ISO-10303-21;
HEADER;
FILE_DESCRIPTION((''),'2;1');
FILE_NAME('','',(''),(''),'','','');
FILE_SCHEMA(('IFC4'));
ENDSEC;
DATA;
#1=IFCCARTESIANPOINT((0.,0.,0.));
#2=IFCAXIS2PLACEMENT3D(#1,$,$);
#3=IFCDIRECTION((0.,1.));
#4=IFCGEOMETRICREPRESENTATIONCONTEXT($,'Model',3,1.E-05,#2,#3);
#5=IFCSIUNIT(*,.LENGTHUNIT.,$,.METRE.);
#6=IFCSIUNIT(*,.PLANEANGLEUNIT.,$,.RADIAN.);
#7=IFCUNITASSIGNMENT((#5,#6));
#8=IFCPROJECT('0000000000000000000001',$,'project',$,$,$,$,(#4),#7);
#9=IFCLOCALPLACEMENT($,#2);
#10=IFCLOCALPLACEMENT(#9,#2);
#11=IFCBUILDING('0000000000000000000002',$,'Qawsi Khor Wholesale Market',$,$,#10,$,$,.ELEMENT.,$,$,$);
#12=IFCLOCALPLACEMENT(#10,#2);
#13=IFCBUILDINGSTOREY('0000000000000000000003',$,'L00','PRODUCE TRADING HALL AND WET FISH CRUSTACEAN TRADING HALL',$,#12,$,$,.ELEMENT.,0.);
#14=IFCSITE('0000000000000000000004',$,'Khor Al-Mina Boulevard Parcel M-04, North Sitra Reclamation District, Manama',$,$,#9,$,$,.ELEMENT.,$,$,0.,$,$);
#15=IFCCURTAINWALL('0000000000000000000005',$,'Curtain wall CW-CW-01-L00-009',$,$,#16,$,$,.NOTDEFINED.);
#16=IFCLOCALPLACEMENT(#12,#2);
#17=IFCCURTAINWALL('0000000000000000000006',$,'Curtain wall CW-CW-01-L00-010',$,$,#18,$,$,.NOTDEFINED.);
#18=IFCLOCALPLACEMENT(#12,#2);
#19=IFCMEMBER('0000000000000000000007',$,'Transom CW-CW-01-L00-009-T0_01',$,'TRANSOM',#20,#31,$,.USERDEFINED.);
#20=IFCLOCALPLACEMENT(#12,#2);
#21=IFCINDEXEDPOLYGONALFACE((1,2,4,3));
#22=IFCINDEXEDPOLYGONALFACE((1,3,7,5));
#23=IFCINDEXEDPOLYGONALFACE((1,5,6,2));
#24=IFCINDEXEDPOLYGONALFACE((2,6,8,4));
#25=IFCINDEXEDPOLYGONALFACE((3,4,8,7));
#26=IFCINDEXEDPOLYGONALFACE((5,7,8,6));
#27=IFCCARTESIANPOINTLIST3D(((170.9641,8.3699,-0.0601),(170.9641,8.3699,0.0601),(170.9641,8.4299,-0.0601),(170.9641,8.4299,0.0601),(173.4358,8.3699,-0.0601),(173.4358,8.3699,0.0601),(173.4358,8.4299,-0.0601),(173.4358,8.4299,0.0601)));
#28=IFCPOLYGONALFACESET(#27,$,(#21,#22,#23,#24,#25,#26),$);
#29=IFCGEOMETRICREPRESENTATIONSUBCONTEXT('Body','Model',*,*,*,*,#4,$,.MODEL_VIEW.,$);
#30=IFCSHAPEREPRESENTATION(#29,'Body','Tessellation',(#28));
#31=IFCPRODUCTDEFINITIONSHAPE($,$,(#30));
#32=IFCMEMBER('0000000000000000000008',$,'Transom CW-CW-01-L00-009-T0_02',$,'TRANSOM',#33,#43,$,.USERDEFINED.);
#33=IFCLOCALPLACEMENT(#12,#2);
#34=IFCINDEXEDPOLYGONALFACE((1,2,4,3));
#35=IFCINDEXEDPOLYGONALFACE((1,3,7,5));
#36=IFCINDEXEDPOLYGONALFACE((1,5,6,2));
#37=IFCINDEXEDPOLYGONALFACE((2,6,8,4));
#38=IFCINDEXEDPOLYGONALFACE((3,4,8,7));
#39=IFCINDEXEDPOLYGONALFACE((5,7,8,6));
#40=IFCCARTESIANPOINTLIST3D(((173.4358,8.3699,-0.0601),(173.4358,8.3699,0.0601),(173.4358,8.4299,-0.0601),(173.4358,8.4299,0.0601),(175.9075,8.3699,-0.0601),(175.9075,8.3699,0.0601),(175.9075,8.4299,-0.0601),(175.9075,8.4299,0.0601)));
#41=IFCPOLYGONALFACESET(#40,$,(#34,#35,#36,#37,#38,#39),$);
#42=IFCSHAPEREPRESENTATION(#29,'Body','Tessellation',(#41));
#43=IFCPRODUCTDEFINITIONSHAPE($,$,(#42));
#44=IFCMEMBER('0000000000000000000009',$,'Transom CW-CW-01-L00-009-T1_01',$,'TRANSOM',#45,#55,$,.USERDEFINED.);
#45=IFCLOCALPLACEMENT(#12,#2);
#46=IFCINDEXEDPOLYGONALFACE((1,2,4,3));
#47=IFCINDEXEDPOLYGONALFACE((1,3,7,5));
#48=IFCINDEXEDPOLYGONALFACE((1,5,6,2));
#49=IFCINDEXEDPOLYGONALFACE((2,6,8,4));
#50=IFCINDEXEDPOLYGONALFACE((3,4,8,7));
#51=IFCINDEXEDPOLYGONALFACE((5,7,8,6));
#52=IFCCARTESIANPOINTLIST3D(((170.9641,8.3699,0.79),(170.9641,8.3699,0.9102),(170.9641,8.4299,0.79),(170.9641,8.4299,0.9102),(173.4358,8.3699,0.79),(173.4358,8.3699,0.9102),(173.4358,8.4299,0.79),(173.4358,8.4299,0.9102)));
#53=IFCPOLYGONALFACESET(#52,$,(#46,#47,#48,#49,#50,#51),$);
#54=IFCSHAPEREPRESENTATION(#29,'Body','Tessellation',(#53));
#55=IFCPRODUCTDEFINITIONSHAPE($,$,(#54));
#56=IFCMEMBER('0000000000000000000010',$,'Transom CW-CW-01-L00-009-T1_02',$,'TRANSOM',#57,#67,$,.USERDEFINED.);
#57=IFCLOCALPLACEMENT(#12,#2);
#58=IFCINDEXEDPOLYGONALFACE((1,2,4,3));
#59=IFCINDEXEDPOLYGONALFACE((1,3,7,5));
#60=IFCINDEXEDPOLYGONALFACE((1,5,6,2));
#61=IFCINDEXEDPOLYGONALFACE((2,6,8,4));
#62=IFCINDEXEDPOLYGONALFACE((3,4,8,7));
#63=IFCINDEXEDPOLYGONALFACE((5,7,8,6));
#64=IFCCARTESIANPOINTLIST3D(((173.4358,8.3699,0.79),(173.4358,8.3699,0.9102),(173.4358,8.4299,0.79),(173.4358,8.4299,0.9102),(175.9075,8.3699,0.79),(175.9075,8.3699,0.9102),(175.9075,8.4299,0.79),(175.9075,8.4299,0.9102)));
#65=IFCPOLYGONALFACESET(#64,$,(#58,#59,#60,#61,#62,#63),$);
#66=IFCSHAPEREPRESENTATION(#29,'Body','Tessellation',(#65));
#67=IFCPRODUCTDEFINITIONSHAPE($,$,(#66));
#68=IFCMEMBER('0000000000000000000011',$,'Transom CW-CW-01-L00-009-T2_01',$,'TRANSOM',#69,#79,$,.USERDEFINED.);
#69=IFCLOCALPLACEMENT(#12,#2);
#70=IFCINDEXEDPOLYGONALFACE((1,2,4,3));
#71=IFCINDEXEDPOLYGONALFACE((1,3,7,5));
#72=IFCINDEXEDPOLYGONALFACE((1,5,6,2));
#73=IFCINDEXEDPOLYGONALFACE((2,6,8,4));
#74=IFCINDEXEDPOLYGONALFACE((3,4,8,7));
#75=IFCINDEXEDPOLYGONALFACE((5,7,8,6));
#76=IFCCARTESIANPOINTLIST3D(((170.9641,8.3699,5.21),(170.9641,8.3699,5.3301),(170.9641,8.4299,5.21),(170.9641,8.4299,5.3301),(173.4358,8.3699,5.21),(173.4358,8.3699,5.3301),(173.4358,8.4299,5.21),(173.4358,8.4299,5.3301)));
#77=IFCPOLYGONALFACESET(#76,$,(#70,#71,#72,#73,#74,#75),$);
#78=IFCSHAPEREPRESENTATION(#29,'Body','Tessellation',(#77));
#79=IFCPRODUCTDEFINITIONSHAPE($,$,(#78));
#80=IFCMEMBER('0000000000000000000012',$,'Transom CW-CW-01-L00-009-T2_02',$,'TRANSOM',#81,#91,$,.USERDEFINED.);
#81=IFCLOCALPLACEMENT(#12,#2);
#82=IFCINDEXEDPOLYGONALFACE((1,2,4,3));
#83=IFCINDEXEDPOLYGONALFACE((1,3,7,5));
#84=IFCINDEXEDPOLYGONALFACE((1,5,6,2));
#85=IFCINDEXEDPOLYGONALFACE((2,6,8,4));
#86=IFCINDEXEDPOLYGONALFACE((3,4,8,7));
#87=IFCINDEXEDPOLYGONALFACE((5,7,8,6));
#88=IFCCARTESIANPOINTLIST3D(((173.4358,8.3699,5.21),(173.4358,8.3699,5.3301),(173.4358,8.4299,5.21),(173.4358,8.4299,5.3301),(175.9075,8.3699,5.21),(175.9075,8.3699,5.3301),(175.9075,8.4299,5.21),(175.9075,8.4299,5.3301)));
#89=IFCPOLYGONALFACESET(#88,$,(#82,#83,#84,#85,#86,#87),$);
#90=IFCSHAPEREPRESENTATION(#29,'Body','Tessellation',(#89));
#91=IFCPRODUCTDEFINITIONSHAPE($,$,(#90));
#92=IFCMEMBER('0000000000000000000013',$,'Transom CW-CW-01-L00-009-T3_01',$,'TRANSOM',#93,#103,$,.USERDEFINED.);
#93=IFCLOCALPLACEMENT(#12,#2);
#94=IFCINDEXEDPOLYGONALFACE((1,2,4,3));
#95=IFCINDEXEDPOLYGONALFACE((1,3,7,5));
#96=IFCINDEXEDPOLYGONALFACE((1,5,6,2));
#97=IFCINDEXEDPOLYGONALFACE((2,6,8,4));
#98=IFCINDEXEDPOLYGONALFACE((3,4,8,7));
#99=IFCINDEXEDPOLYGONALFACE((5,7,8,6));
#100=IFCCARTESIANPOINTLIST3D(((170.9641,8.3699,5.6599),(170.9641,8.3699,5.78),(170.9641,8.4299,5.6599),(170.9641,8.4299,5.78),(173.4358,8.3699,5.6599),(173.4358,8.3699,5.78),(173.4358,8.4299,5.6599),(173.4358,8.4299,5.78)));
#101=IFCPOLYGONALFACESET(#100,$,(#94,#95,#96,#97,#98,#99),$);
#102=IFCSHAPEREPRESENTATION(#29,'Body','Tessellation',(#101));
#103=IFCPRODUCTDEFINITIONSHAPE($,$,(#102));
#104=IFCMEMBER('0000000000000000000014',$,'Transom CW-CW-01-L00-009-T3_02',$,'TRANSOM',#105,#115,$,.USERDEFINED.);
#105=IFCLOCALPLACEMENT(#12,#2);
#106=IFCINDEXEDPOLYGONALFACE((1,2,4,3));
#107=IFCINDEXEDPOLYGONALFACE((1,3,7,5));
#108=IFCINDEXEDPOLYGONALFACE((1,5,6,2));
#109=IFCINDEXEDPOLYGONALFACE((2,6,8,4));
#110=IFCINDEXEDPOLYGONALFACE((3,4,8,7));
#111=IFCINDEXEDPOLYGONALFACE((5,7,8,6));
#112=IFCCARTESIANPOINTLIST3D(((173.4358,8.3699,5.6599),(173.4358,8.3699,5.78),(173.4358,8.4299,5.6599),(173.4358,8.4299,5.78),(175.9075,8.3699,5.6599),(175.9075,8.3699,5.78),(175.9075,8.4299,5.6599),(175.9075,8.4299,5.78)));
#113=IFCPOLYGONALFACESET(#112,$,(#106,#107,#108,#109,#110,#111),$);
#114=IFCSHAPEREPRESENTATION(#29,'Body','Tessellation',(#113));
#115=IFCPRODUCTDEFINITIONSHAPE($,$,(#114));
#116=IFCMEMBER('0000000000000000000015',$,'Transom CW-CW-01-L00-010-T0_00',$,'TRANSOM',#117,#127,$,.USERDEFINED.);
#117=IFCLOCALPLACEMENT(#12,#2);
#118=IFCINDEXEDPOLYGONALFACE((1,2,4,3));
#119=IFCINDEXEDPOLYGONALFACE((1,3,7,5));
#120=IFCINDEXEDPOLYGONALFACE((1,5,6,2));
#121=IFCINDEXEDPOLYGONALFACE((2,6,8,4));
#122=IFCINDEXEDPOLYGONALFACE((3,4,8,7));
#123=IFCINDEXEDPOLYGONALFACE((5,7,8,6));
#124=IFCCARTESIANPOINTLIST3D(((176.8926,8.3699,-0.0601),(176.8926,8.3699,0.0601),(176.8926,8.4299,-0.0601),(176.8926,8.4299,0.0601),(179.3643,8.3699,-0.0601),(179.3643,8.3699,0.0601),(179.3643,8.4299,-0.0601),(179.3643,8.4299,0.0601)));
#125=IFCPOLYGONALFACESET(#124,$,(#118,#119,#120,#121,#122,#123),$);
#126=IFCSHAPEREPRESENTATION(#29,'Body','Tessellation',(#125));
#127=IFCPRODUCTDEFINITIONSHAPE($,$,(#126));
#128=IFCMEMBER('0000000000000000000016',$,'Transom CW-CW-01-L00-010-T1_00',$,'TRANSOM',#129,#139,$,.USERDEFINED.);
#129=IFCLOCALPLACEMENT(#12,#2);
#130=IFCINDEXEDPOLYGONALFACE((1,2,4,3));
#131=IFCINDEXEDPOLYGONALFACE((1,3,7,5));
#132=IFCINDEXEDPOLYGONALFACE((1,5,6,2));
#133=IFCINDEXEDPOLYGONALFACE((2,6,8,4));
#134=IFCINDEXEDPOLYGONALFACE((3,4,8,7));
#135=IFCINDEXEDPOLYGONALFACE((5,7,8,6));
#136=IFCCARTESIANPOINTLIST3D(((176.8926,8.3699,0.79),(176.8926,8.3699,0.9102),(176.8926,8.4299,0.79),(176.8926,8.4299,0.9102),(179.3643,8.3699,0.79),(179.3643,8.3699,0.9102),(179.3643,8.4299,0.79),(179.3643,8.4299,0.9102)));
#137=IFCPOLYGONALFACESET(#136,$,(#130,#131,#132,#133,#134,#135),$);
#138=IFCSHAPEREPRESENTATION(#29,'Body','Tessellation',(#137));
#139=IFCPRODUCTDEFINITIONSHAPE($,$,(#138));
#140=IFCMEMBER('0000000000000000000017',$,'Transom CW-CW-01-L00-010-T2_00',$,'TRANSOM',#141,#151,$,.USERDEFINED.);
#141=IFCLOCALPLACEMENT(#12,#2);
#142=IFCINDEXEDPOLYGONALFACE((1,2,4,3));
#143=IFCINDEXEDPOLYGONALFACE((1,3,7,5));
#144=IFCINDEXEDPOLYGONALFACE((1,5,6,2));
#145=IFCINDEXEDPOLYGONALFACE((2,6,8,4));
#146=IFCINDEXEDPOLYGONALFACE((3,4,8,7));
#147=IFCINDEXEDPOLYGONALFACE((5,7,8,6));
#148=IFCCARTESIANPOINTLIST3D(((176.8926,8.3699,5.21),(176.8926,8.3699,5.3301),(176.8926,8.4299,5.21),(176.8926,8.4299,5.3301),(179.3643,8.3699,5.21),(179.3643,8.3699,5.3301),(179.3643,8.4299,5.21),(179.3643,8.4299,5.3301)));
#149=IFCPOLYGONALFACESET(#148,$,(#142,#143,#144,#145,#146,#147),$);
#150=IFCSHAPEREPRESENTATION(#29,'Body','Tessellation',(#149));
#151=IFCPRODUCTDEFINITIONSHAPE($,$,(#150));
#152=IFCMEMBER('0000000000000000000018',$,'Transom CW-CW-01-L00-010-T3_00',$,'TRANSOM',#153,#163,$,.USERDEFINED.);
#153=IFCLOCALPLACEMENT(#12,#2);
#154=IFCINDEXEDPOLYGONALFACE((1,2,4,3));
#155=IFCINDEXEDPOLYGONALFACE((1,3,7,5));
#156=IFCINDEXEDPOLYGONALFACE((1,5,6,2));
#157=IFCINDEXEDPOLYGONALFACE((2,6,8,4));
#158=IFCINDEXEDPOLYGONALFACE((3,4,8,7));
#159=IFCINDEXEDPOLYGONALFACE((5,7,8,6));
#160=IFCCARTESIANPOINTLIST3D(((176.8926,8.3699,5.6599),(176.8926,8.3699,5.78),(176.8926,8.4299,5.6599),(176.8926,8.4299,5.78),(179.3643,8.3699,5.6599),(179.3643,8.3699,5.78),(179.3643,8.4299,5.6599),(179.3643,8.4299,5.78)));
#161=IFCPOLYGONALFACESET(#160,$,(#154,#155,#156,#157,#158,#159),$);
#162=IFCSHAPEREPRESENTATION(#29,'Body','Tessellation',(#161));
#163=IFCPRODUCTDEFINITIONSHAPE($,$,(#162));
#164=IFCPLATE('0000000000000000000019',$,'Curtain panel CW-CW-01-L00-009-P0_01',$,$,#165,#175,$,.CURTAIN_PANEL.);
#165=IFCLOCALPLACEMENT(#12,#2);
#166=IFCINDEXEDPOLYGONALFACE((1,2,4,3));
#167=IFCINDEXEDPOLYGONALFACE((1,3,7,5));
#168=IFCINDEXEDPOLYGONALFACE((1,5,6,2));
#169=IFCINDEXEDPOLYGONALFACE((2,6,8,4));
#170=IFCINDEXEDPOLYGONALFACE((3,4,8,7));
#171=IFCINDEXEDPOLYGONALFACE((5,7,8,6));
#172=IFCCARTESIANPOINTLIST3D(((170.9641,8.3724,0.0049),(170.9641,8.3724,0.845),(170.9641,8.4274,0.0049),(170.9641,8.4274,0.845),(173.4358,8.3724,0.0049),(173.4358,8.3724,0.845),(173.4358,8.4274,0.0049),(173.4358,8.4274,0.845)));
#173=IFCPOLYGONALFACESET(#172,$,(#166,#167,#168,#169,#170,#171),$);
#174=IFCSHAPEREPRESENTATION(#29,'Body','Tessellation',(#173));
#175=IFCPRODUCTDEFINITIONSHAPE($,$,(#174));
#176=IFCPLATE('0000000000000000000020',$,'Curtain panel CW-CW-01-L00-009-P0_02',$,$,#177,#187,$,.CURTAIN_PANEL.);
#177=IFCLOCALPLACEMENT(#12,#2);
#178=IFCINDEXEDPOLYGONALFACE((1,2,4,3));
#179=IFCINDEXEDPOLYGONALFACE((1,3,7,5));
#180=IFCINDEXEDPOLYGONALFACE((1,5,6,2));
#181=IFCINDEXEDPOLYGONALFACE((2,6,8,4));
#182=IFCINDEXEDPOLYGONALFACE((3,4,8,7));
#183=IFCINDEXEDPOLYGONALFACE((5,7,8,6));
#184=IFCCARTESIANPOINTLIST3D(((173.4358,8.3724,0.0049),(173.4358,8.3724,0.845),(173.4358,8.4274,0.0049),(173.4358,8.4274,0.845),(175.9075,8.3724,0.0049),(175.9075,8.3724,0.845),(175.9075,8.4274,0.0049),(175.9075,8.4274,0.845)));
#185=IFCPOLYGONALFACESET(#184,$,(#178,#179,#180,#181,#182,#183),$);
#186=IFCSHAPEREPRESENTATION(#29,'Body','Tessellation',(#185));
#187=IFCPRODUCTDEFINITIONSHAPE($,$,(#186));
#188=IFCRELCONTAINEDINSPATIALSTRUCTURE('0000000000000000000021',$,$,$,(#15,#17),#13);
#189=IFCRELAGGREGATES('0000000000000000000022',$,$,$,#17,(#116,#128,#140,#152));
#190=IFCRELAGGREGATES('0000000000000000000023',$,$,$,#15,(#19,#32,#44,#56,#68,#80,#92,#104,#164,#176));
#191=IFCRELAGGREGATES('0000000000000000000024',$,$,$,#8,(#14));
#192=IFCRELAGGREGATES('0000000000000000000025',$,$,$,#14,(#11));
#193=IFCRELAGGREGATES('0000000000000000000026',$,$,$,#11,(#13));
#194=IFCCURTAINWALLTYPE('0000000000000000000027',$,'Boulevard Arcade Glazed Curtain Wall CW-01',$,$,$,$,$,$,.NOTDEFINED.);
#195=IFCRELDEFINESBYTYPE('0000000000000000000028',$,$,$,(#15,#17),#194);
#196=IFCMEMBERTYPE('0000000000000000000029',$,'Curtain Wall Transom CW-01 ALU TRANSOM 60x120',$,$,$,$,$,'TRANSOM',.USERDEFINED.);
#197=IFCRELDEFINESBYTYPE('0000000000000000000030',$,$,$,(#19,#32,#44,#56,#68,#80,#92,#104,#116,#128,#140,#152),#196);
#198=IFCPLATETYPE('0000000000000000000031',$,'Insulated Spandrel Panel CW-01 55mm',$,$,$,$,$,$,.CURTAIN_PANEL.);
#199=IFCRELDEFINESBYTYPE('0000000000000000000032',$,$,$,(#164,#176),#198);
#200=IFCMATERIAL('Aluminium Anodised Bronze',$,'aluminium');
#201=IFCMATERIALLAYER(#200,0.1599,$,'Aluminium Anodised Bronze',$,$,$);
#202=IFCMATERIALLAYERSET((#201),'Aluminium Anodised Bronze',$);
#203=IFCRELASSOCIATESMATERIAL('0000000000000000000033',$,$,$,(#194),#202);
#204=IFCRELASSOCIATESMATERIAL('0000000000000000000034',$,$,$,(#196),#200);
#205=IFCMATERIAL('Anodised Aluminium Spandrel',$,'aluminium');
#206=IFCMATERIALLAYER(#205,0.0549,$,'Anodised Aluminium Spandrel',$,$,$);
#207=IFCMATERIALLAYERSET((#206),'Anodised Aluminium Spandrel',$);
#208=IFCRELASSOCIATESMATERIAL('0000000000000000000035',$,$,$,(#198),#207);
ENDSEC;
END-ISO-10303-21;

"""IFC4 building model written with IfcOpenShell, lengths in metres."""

from ifc_helpers import new_model, si_unit, direction, frame, frame_2d, origin, origin_2d, place, context, subcontext, project, spatial, rectangle, extrude, material, layer, layer_set, material_profile, profile_set, type_object, element, aggregate, save


model = new_model("IFC4")

# Units and contexts
model_context = context("Model", 3, precision=1e-05, world=origin(), true_north=direction((0.0, 1.0)))
body_context = subcontext(model_context, "Body", "Model", "MODEL_VIEW")
ifc_project = project(units=[si_unit("LENGTHUNIT", "METRE"), si_unit("PLANEANGLEUNIT", "RADIAN")], contexts=[model_context])

# Site, building, storey
site_placement = place(None, origin())
site = spatial("IfcSite", under=ifc_project, at=site_placement, Name="Khor Al-Mina Boulevard Parcel M-04, North Sitra Reclamation District, Manama", CompositionType="ELEMENT", RefElevation=0.0)
building_placement = place(site_placement, origin())
building = spatial("IfcBuilding", under=site, at=building_placement, Name="Qawsi Khor Wholesale Market", CompositionType="ELEMENT")
storey_placement = place(building_placement, origin())
storey = spatial("IfcBuildingStorey", under=building, at=storey_placement, Name="L00", Description="PRODUCE TRADING HALL AND WET FISH CRUSTACEAN TRADING HALL", CompositionType="ELEMENT", Elevation=0.0)

# Curtain wall
ifc_material_1 = material(Name="Aluminium Anodised Bronze", Category="aluminium")
ifc_layer_1 = layer(ifc_material_1, 0.1599, Name="Aluminium Anodised Bronze")
ifc_layer_set_1 = layer_set([ifc_layer_1], Name="Aluminium Anodised Bronze")
curtain_wall_type = type_object("IfcCurtainWallType", Name="Boulevard Arcade Glazed Curtain Wall CW-01", PredefinedType="NOTDEFINED", material=ifc_layer_set_1)
curtain_wall_1_placement = place(storey_placement, origin())
curtain_wall_1 = element("IfcCurtainWall", 1, at=curtain_wall_1_placement, inside=storey, type_object=curtain_wall_type, Name="Curtain wall CW-CW-01-L00-009", PredefinedType="NOTDEFINED")

# Curtain wall
curtain_wall_2_placement = place(storey_placement, origin())
curtain_wall_2 = element("IfcCurtainWall", 2, at=curtain_wall_2_placement, inside=storey, type_object=curtain_wall_type, Name="Curtain wall CW-CW-01-L00-010", PredefinedType="NOTDEFINED")

# Members
ifc_material_profile_1 = material_profile(ifc_material_1, rectangle(XDim=0.0601, YDim=0.1201, at=origin_2d()), Name="ALU TRANSOM 60x120")
ifc_profile_set_1 = profile_set([ifc_material_profile_1], Name="Aluminium Anodised Bronze")
member_type_1 = type_object("IfcMemberType", Name="Curtain Wall Transom CW-01 ALU TRANSOM 60x120", ElementType="TRANSOM", PredefinedType="USERDEFINED", material=ifc_profile_set_1)
member_1_placement = place(storey_placement, frame((170.9641, 8.3999, 0.0), z_axis=(1.0, 0.0, 0.0), x_axis=(0.0, 1.0, 0.0)))
member_1 = element("IfcMember", 3, at=member_1_placement, type_object=member_type_1, Name="Transom CW-CW-01-L00-009-T0_01", ObjectType="TRANSOM", PredefinedType="USERDEFINED", context=body_context, shape_type="SweptSolid", body=[
    extrude(rectangle(XDim=0.0601, YDim=0.1201, at=origin_2d()), origin(), (0.0, 0.0, 1.0), 2.4717),
])
member_2_placement = place(storey_placement, frame((173.4358, 8.3999, 0.0), z_axis=(1.0, 0.0, 0.0), x_axis=(0.0, 1.0, 0.0)))
member_2 = element("IfcMember", 4, at=member_2_placement, type_object=member_type_1, Name="Transom CW-CW-01-L00-009-T0_02", ObjectType="TRANSOM", PredefinedType="USERDEFINED", context=body_context, shape_type="SweptSolid", body=[
    extrude(rectangle(XDim=0.0601, YDim=0.1201, at=origin_2d()), origin(), (0.0, 0.0, 1.0), 2.4717),
])
member_3_placement = place(storey_placement, frame((170.9641, 8.3999, 0.8501), z_axis=(1.0, 0.0, 0.0), x_axis=(0.0, 1.0, 0.0)))
member_3 = element("IfcMember", 5, at=member_3_placement, type_object=member_type_1, Name="Transom CW-CW-01-L00-009-T1_01", ObjectType="TRANSOM", PredefinedType="USERDEFINED", context=body_context, shape_type="SweptSolid", body=[
    extrude(rectangle(XDim=0.0601, YDim=0.1201, at=origin_2d()), origin(), (0.0, 0.0, 1.0), 2.4717),
])
member_4_placement = place(storey_placement, frame((173.4358, 8.3999, 0.8501), z_axis=(1.0, 0.0, 0.0), x_axis=(0.0, 1.0, 0.0)))
member_4 = element("IfcMember", 6, at=member_4_placement, type_object=member_type_1, Name="Transom CW-CW-01-L00-009-T1_02", ObjectType="TRANSOM", PredefinedType="USERDEFINED", context=body_context, shape_type="SweptSolid", body=[
    extrude(rectangle(XDim=0.0601, YDim=0.1201, at=origin_2d()), origin(), (0.0, 0.0, 1.0), 2.4717),
])
member_5_placement = place(storey_placement, frame((170.9641, 8.3999, 5.27), z_axis=(1.0, 0.0, 0.0), x_axis=(0.0, 1.0, 0.0)))
member_5 = element("IfcMember", 7, at=member_5_placement, type_object=member_type_1, Name="Transom CW-CW-01-L00-009-T2_01", ObjectType="TRANSOM", PredefinedType="USERDEFINED", context=body_context, shape_type="SweptSolid", body=[
    extrude(rectangle(XDim=0.0601, YDim=0.1201, at=origin_2d()), origin(), (0.0, 0.0, 1.0), 2.4717),
])
member_6_placement = place(storey_placement, frame((173.4358, 8.3999, 5.27), z_axis=(1.0, 0.0, 0.0), x_axis=(0.0, 1.0, 0.0)))
member_6 = element("IfcMember", 8, at=member_6_placement, type_object=member_type_1, Name="Transom CW-CW-01-L00-009-T2_02", ObjectType="TRANSOM", PredefinedType="USERDEFINED", context=body_context, shape_type="SweptSolid", body=[
    extrude(rectangle(XDim=0.0601, YDim=0.1201, at=origin_2d()), origin(), (0.0, 0.0, 1.0), 2.4717),
])
member_7_placement = place(storey_placement, frame((170.9641, 8.3999, 5.72), z_axis=(1.0, 0.0, 0.0), x_axis=(0.0, 1.0, 0.0)))
member_7 = element("IfcMember", 9, at=member_7_placement, type_object=member_type_1, Name="Transom CW-CW-01-L00-009-T3_01", ObjectType="TRANSOM", PredefinedType="USERDEFINED", context=body_context, shape_type="SweptSolid", body=[
    extrude(rectangle(XDim=0.0601, YDim=0.1201, at=origin_2d()), origin(), (0.0, 0.0, 1.0), 2.4717),
])
member_8_placement = place(storey_placement, frame((173.4358, 8.3999, 5.72), z_axis=(1.0, 0.0, 0.0), x_axis=(0.0, 1.0, 0.0)))
member_8 = element("IfcMember", 10, at=member_8_placement, type_object=member_type_1, Name="Transom CW-CW-01-L00-009-T3_02", ObjectType="TRANSOM", PredefinedType="USERDEFINED", context=body_context, shape_type="SweptSolid", body=[
    extrude(rectangle(XDim=0.0601, YDim=0.1201, at=origin_2d()), origin(), (0.0, 0.0, 1.0), 2.4717),
])
member_9_placement = place(storey_placement, frame((176.8926, 8.3999, 0.0), z_axis=(1.0, 0.0, 0.0), x_axis=(0.0, 1.0, 0.0)))
member_9 = element("IfcMember", 11, at=member_9_placement, type_object=member_type_1, Name="Transom CW-CW-01-L00-010-T0_00", ObjectType="TRANSOM", PredefinedType="USERDEFINED", context=body_context, shape_type="SweptSolid", body=[
    extrude(rectangle(XDim=0.0601, YDim=0.1201, at=origin_2d()), origin(), (0.0, 0.0, 1.0), 2.4717),
])
member_10_placement = place(storey_placement, frame((176.8926, 8.3999, 0.8501), z_axis=(1.0, 0.0, 0.0), x_axis=(0.0, 1.0, 0.0)))
member_10 = element("IfcMember", 12, at=member_10_placement, type_object=member_type_1, Name="Transom CW-CW-01-L00-010-T1_00", ObjectType="TRANSOM", PredefinedType="USERDEFINED", context=body_context, shape_type="SweptSolid", body=[
    extrude(rectangle(XDim=0.0601, YDim=0.1201, at=origin_2d()), origin(), (0.0, 0.0, 1.0), 2.4717),
])
member_11_placement = place(storey_placement, frame((176.8926, 8.3999, 5.27), z_axis=(1.0, 0.0, 0.0), x_axis=(0.0, 1.0, 0.0)))
member_11 = element("IfcMember", 13, at=member_11_placement, type_object=member_type_1, Name="Transom CW-CW-01-L00-010-T2_00", ObjectType="TRANSOM", PredefinedType="USERDEFINED", context=body_context, shape_type="SweptSolid", body=[
    extrude(rectangle(XDim=0.0601, YDim=0.1201, at=origin_2d()), origin(), (0.0, 0.0, 1.0), 2.4717),
])
member_12_placement = place(storey_placement, frame((176.8926, 8.3999, 5.72), z_axis=(1.0, 0.0, 0.0), x_axis=(0.0, 1.0, 0.0)))
member_12 = element("IfcMember", 14, at=member_12_placement, type_object=member_type_1, Name="Transom CW-CW-01-L00-010-T3_00", ObjectType="TRANSOM", PredefinedType="USERDEFINED", context=body_context, shape_type="SweptSolid", body=[
    extrude(rectangle(XDim=0.0601, YDim=0.1201, at=origin_2d()), origin(), (0.0, 0.0, 1.0), 2.4717),
])
aggregate(curtain_wall_2, [member_9, member_10, member_11, member_12])

# Plates
ifc_material_2 = material(Name="Anodised Aluminium Spandrel", Category="aluminium")
ifc_layer_2 = layer(ifc_material_2, 0.0549, Name="Anodised Aluminium Spandrel")
ifc_layer_set_2 = layer_set([ifc_layer_2], Name="Anodised Aluminium Spandrel")
plate_type_1 = type_object("IfcPlateType", Name="Insulated Spandrel Panel CW-01 55mm", PredefinedType="CURTAIN_PANEL", material=ifc_layer_set_2)
plate_1_placement = place(storey_placement, frame((170.9641, 8.3999, 0.0049), z_axis=(0.0, 0.0, 1.0), x_axis=(1.0, 0.0, 0.0)))
plate_1 = element("IfcPlate", 15, at=plate_1_placement, type_object=plate_type_1, Name="Curtain panel CW-CW-01-L00-009-P0_01", PredefinedType="CURTAIN_PANEL", context=body_context, shape_type="SweptSolid", body=[
    extrude(rectangle(XDim=2.4717, YDim=0.0549, at=frame_2d((1.2358, 0.0))), origin(), (0.0, 0.0, 1.0), 0.8401),
])
plate_2_placement = place(storey_placement, frame((173.4358, 8.3999, 0.0049), z_axis=(0.0, 0.0, 1.0), x_axis=(1.0, 0.0, 0.0)))
plate_2 = element("IfcPlate", 16, at=plate_2_placement, type_object=plate_type_1, Name="Curtain panel CW-CW-01-L00-009-P0_02", PredefinedType="CURTAIN_PANEL", context=body_context, shape_type="SweptSolid", body=[
    extrude(rectangle(XDim=2.4717, YDim=0.0549, at=frame_2d((1.2358, 0.0))), origin(), (0.0, 0.0, 1.0), 0.8401),
])
aggregate(curtain_wall_1, [member_1, member_2, member_3, member_4, member_5, member_6, member_7, member_8, plate_1, plate_2])

save(model, "model.ifc")
